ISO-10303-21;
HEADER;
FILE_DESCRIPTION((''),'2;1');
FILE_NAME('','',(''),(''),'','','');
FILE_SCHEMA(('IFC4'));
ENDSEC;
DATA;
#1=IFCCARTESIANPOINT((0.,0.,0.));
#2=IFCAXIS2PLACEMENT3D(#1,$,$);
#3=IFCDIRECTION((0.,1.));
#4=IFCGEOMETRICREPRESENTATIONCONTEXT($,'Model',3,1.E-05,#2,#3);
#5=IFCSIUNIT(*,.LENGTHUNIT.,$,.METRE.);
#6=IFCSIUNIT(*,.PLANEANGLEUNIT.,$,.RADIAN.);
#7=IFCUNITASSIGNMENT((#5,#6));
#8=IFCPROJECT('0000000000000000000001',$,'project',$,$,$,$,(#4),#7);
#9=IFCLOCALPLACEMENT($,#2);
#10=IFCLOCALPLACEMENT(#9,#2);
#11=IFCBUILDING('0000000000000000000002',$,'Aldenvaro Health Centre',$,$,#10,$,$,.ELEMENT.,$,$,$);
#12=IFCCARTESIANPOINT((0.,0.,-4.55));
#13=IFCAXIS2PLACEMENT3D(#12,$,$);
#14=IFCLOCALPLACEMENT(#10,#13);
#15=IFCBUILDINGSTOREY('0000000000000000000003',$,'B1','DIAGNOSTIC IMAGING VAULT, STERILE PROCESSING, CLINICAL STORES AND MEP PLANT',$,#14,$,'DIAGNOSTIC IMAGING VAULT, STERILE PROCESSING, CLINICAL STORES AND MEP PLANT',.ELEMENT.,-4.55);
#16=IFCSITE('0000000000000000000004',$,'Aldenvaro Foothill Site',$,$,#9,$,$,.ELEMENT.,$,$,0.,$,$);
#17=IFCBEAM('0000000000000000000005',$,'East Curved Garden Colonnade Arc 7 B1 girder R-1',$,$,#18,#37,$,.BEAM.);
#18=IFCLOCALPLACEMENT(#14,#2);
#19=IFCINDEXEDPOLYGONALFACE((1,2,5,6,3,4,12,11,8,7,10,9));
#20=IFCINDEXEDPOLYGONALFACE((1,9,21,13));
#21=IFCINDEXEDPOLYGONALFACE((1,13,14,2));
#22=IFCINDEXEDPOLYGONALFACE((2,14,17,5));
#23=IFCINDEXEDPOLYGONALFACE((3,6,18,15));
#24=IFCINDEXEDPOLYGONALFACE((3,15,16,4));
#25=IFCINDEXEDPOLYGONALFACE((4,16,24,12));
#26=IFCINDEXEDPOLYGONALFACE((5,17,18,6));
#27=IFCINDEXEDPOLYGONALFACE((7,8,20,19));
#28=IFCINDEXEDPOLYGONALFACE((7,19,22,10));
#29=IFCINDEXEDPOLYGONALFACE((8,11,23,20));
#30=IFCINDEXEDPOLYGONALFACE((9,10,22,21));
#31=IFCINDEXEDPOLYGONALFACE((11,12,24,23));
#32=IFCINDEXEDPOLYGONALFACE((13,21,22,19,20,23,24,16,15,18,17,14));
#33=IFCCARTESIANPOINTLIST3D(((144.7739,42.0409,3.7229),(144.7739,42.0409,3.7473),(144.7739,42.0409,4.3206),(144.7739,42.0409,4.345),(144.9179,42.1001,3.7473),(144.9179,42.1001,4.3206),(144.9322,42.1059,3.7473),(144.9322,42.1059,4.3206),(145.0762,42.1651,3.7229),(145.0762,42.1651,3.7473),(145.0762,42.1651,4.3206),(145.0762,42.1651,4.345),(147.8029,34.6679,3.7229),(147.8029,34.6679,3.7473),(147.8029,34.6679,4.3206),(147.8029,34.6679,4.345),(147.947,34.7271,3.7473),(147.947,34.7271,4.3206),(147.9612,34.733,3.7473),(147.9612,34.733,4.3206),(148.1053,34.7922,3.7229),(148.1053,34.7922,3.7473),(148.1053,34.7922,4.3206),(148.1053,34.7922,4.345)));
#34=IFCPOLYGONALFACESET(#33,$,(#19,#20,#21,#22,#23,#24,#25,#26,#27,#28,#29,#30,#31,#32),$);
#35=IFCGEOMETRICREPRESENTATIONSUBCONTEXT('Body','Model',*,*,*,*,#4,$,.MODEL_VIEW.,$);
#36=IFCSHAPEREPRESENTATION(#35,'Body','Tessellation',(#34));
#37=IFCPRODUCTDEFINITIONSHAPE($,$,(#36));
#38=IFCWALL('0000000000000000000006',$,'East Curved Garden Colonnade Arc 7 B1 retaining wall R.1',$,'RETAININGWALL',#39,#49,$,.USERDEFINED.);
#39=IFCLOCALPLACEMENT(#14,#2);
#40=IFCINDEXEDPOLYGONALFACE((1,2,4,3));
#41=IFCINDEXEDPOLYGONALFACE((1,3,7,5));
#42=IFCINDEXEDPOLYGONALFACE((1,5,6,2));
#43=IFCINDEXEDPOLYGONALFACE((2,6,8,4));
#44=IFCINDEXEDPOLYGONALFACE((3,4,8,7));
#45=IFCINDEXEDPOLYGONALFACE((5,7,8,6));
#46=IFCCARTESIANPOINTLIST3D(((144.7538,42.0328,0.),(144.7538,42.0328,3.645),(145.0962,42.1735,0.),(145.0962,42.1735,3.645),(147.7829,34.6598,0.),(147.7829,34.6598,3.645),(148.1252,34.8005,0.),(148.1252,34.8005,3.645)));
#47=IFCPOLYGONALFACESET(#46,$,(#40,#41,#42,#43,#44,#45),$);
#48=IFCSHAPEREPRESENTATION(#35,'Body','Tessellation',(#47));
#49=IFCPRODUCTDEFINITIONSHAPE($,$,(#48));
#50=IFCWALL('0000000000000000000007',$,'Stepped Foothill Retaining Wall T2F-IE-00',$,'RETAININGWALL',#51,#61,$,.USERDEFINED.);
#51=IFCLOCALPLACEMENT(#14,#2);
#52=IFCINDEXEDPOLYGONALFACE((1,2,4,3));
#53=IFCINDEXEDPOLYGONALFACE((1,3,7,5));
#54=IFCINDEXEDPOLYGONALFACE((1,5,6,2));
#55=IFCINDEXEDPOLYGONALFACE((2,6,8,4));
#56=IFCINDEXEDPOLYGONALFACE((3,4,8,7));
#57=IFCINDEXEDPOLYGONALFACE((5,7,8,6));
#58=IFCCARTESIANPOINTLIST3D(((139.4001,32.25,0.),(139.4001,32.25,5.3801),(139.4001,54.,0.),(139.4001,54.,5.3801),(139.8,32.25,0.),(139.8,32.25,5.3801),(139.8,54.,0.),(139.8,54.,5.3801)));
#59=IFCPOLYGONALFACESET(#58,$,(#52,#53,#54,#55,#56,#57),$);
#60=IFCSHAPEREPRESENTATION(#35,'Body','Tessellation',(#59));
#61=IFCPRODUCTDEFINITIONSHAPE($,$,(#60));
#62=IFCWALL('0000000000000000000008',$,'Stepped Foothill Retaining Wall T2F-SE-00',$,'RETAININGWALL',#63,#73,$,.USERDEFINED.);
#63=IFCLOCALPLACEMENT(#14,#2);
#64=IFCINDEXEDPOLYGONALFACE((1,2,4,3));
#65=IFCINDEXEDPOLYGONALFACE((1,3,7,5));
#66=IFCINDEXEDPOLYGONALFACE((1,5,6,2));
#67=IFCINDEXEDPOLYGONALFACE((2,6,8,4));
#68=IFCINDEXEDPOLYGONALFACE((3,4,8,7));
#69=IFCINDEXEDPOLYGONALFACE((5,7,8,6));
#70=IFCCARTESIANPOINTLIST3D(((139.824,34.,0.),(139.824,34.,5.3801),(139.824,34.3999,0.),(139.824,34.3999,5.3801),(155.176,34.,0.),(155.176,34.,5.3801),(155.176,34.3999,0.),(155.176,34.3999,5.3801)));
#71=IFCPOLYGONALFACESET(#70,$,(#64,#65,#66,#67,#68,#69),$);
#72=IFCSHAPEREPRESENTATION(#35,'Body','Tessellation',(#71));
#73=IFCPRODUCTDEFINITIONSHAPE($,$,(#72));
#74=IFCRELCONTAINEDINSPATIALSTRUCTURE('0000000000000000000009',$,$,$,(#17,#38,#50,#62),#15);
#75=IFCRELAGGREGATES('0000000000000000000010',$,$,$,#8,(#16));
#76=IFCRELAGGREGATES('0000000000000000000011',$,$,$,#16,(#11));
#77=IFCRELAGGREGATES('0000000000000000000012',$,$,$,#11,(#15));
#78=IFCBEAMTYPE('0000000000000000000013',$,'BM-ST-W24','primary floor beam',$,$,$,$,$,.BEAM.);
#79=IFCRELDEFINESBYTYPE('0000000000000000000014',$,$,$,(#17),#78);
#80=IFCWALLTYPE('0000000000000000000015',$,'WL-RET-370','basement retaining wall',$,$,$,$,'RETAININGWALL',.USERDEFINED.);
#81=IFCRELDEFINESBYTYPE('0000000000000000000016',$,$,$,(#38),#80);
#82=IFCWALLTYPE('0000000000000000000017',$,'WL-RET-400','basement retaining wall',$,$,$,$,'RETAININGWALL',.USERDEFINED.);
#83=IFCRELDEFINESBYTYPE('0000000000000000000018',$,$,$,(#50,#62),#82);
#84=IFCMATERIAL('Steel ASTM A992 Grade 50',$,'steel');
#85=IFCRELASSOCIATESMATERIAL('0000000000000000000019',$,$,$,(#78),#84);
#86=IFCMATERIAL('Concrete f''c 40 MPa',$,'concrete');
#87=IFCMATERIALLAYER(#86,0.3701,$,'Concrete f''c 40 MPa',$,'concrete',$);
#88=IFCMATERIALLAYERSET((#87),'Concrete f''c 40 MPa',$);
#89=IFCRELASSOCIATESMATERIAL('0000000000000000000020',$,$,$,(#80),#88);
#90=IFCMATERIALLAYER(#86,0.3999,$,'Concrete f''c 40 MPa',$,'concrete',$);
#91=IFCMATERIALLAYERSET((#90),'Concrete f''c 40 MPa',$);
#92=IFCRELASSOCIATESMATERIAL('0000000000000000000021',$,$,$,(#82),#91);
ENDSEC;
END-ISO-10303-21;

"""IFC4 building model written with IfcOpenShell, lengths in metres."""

from ifc_helpers import new_model, si_unit, direction, frame, frame_2d, origin, origin_2d, place, context, subcontext, project, spatial, rectangle, i_section, extrude, material, layer, layer_set, material_profile, profile_set, type_object, element, save


model = new_model("IFC4")

# Units and contexts
model_context = context("Model", 3, precision=1e-05, world=origin(), true_north=direction((0.0, 1.0)))
body_context = subcontext(model_context, "Body", "Model", "MODEL_VIEW")
ifc_project = project(units=[si_unit("LENGTHUNIT", "METRE"), si_unit("PLANEANGLEUNIT", "RADIAN")], contexts=[model_context])

# Site, building, storey
site_placement = place(None, origin())
site = spatial("IfcSite", under=ifc_project, at=site_placement, Name="Aldenvaro Foothill Site", CompositionType="ELEMENT", RefElevation=0.0)
building_placement = place(site_placement, origin())
building = spatial("IfcBuilding", under=site, at=building_placement, Name="Aldenvaro Health Centre", CompositionType="ELEMENT")
storey_placement = place(building_placement, frame((0.0, 0.0, -4.55)))
storey = spatial("IfcBuildingStorey", under=building, at=storey_placement, Name="B1", Description="DIAGNOSTIC IMAGING VAULT, STERILE PROCESSING, CLINICAL STORES AND MEP PLANT", LongName="DIAGNOSTIC IMAGING VAULT, STERILE PROCESSING, CLINICAL STORES AND MEP PLANT", CompositionType="ELEMENT", Elevation=-4.55)

# Shared definitions
ifc_material_1 = material(Name="Concrete f'c 40 MPa", Category="concrete")

# Beam
ifc_material_2 = material(Name="Steel ASTM A992 Grade 50", Category="steel")
ifc_material_profile_1 = material_profile(ifc_material_2, i_section(OverallWidth=0.3269, OverallDepth=0.6221, WebThickness=0.0154, FlangeThickness=0.0244, at=origin_2d()), Name="W24X131", Category="steel")
ifc_profile_set_1 = profile_set([ifc_material_profile_1], Name="Steel ASTM A992 Grade 50")
beam_type = type_object("IfcBeamType", Name="BM-ST-W24", Description="primary floor beam", PredefinedType="BEAM", material=ifc_profile_set_1)
beam_placement = place(storey_placement, frame((144.925, 42.103, 4.0339), z_axis=(0.380009, -0.924983, 0.0), x_axis=(0.924983, 0.380009, 0.0)))
element("IfcBeam", 1, at=beam_placement, inside=storey, type_object=beam_type, Name="East Curved Garden Colonnade Arc 7 B1 girder R-1", PredefinedType="BEAM", context=body_context, shape_type="SweptSolid", body=[
    extrude(i_section(OverallWidth=0.3269, OverallDepth=0.6221, WebThickness=0.0154, FlangeThickness=0.0244, at=origin_2d()), origin(), (0.0, 0.0, 1.0), 7.9709),
])

# Walls
ifc_layer_1 = layer(ifc_material_1, 0.3701, Name="Concrete f'c 40 MPa", Category="concrete")
ifc_layer_set_1 = layer_set([ifc_layer_1], Name="Concrete f'c 40 MPa")
wall_type_1 = type_object("IfcWallType", Name="WL-RET-370", Description="basement retaining wall", ElementType="RETAININGWALL", PredefinedType="USERDEFINED", material=ifc_layer_set_1)
wall_1_placement = place(storey_placement, frame((144.925, 42.103, 0.0), z_axis=(0.0, 0.0, 1.0), x_axis=(0.380009, -0.924983, 0.0)))
element("IfcWall", 2, at=wall_1_placement, inside=storey, type_object=wall_type_1, Name="East Curved Garden Colonnade Arc 7 B1 retaining wall R.1", ObjectType="RETAININGWALL", PredefinedType="USERDEFINED", context=body_context, shape_type="SweptSolid", body=[
    extrude(rectangle(XDim=7.9709, YDim=0.3701, at=frame_2d((3.9854, 0.0))), origin(), (0.0, 0.0, 1.0), 3.645),
])
ifc_layer_2 = layer(ifc_material_1, 0.3999, Name="Concrete f'c 40 MPa", Category="concrete")
ifc_layer_set_2 = layer_set([ifc_layer_2], Name="Concrete f'c 40 MPa")
wall_type_2 = type_object("IfcWallType", Name="WL-RET-400", Description="basement retaining wall", ElementType="RETAININGWALL", PredefinedType="USERDEFINED", material=ifc_layer_set_2)
wall_2_placement = place(storey_placement, frame((139.6001, 32.25, 0.0), z_axis=(0.0, 0.0, 1.0), x_axis=(0.0, 1.0, 0.0)))
element("IfcWall", 3, at=wall_2_placement, inside=storey, type_object=wall_type_2, Name="Stepped Foothill Retaining Wall T2F-IE-00", ObjectType="RETAININGWALL", PredefinedType="USERDEFINED", context=body_context, shape_type="SweptSolid", body=[
    extrude(rectangle(XDim=21.75, YDim=0.3999, at=frame_2d((10.875, 0.0))), origin(), (0.0, 0.0, 1.0), 5.3801),
])
wall_3_placement = place(storey_placement, frame((139.824, 34.2, 0.0), z_axis=(0.0, 0.0, 1.0), x_axis=(1.0, 0.0, 0.0)))
element("IfcWall", 4, at=wall_3_placement, inside=storey, type_object=wall_type_2, Name="Stepped Foothill Retaining Wall T2F-SE-00", ObjectType="RETAININGWALL", PredefinedType="USERDEFINED", context=body_context, shape_type="SweptSolid", body=[
    extrude(rectangle(XDim=15.3521, YDim=0.3999, at=frame_2d((7.676, 0.0))), origin(), (0.0, 0.0, 1.0), 5.3801),
])

save(model, "model.ifc")
